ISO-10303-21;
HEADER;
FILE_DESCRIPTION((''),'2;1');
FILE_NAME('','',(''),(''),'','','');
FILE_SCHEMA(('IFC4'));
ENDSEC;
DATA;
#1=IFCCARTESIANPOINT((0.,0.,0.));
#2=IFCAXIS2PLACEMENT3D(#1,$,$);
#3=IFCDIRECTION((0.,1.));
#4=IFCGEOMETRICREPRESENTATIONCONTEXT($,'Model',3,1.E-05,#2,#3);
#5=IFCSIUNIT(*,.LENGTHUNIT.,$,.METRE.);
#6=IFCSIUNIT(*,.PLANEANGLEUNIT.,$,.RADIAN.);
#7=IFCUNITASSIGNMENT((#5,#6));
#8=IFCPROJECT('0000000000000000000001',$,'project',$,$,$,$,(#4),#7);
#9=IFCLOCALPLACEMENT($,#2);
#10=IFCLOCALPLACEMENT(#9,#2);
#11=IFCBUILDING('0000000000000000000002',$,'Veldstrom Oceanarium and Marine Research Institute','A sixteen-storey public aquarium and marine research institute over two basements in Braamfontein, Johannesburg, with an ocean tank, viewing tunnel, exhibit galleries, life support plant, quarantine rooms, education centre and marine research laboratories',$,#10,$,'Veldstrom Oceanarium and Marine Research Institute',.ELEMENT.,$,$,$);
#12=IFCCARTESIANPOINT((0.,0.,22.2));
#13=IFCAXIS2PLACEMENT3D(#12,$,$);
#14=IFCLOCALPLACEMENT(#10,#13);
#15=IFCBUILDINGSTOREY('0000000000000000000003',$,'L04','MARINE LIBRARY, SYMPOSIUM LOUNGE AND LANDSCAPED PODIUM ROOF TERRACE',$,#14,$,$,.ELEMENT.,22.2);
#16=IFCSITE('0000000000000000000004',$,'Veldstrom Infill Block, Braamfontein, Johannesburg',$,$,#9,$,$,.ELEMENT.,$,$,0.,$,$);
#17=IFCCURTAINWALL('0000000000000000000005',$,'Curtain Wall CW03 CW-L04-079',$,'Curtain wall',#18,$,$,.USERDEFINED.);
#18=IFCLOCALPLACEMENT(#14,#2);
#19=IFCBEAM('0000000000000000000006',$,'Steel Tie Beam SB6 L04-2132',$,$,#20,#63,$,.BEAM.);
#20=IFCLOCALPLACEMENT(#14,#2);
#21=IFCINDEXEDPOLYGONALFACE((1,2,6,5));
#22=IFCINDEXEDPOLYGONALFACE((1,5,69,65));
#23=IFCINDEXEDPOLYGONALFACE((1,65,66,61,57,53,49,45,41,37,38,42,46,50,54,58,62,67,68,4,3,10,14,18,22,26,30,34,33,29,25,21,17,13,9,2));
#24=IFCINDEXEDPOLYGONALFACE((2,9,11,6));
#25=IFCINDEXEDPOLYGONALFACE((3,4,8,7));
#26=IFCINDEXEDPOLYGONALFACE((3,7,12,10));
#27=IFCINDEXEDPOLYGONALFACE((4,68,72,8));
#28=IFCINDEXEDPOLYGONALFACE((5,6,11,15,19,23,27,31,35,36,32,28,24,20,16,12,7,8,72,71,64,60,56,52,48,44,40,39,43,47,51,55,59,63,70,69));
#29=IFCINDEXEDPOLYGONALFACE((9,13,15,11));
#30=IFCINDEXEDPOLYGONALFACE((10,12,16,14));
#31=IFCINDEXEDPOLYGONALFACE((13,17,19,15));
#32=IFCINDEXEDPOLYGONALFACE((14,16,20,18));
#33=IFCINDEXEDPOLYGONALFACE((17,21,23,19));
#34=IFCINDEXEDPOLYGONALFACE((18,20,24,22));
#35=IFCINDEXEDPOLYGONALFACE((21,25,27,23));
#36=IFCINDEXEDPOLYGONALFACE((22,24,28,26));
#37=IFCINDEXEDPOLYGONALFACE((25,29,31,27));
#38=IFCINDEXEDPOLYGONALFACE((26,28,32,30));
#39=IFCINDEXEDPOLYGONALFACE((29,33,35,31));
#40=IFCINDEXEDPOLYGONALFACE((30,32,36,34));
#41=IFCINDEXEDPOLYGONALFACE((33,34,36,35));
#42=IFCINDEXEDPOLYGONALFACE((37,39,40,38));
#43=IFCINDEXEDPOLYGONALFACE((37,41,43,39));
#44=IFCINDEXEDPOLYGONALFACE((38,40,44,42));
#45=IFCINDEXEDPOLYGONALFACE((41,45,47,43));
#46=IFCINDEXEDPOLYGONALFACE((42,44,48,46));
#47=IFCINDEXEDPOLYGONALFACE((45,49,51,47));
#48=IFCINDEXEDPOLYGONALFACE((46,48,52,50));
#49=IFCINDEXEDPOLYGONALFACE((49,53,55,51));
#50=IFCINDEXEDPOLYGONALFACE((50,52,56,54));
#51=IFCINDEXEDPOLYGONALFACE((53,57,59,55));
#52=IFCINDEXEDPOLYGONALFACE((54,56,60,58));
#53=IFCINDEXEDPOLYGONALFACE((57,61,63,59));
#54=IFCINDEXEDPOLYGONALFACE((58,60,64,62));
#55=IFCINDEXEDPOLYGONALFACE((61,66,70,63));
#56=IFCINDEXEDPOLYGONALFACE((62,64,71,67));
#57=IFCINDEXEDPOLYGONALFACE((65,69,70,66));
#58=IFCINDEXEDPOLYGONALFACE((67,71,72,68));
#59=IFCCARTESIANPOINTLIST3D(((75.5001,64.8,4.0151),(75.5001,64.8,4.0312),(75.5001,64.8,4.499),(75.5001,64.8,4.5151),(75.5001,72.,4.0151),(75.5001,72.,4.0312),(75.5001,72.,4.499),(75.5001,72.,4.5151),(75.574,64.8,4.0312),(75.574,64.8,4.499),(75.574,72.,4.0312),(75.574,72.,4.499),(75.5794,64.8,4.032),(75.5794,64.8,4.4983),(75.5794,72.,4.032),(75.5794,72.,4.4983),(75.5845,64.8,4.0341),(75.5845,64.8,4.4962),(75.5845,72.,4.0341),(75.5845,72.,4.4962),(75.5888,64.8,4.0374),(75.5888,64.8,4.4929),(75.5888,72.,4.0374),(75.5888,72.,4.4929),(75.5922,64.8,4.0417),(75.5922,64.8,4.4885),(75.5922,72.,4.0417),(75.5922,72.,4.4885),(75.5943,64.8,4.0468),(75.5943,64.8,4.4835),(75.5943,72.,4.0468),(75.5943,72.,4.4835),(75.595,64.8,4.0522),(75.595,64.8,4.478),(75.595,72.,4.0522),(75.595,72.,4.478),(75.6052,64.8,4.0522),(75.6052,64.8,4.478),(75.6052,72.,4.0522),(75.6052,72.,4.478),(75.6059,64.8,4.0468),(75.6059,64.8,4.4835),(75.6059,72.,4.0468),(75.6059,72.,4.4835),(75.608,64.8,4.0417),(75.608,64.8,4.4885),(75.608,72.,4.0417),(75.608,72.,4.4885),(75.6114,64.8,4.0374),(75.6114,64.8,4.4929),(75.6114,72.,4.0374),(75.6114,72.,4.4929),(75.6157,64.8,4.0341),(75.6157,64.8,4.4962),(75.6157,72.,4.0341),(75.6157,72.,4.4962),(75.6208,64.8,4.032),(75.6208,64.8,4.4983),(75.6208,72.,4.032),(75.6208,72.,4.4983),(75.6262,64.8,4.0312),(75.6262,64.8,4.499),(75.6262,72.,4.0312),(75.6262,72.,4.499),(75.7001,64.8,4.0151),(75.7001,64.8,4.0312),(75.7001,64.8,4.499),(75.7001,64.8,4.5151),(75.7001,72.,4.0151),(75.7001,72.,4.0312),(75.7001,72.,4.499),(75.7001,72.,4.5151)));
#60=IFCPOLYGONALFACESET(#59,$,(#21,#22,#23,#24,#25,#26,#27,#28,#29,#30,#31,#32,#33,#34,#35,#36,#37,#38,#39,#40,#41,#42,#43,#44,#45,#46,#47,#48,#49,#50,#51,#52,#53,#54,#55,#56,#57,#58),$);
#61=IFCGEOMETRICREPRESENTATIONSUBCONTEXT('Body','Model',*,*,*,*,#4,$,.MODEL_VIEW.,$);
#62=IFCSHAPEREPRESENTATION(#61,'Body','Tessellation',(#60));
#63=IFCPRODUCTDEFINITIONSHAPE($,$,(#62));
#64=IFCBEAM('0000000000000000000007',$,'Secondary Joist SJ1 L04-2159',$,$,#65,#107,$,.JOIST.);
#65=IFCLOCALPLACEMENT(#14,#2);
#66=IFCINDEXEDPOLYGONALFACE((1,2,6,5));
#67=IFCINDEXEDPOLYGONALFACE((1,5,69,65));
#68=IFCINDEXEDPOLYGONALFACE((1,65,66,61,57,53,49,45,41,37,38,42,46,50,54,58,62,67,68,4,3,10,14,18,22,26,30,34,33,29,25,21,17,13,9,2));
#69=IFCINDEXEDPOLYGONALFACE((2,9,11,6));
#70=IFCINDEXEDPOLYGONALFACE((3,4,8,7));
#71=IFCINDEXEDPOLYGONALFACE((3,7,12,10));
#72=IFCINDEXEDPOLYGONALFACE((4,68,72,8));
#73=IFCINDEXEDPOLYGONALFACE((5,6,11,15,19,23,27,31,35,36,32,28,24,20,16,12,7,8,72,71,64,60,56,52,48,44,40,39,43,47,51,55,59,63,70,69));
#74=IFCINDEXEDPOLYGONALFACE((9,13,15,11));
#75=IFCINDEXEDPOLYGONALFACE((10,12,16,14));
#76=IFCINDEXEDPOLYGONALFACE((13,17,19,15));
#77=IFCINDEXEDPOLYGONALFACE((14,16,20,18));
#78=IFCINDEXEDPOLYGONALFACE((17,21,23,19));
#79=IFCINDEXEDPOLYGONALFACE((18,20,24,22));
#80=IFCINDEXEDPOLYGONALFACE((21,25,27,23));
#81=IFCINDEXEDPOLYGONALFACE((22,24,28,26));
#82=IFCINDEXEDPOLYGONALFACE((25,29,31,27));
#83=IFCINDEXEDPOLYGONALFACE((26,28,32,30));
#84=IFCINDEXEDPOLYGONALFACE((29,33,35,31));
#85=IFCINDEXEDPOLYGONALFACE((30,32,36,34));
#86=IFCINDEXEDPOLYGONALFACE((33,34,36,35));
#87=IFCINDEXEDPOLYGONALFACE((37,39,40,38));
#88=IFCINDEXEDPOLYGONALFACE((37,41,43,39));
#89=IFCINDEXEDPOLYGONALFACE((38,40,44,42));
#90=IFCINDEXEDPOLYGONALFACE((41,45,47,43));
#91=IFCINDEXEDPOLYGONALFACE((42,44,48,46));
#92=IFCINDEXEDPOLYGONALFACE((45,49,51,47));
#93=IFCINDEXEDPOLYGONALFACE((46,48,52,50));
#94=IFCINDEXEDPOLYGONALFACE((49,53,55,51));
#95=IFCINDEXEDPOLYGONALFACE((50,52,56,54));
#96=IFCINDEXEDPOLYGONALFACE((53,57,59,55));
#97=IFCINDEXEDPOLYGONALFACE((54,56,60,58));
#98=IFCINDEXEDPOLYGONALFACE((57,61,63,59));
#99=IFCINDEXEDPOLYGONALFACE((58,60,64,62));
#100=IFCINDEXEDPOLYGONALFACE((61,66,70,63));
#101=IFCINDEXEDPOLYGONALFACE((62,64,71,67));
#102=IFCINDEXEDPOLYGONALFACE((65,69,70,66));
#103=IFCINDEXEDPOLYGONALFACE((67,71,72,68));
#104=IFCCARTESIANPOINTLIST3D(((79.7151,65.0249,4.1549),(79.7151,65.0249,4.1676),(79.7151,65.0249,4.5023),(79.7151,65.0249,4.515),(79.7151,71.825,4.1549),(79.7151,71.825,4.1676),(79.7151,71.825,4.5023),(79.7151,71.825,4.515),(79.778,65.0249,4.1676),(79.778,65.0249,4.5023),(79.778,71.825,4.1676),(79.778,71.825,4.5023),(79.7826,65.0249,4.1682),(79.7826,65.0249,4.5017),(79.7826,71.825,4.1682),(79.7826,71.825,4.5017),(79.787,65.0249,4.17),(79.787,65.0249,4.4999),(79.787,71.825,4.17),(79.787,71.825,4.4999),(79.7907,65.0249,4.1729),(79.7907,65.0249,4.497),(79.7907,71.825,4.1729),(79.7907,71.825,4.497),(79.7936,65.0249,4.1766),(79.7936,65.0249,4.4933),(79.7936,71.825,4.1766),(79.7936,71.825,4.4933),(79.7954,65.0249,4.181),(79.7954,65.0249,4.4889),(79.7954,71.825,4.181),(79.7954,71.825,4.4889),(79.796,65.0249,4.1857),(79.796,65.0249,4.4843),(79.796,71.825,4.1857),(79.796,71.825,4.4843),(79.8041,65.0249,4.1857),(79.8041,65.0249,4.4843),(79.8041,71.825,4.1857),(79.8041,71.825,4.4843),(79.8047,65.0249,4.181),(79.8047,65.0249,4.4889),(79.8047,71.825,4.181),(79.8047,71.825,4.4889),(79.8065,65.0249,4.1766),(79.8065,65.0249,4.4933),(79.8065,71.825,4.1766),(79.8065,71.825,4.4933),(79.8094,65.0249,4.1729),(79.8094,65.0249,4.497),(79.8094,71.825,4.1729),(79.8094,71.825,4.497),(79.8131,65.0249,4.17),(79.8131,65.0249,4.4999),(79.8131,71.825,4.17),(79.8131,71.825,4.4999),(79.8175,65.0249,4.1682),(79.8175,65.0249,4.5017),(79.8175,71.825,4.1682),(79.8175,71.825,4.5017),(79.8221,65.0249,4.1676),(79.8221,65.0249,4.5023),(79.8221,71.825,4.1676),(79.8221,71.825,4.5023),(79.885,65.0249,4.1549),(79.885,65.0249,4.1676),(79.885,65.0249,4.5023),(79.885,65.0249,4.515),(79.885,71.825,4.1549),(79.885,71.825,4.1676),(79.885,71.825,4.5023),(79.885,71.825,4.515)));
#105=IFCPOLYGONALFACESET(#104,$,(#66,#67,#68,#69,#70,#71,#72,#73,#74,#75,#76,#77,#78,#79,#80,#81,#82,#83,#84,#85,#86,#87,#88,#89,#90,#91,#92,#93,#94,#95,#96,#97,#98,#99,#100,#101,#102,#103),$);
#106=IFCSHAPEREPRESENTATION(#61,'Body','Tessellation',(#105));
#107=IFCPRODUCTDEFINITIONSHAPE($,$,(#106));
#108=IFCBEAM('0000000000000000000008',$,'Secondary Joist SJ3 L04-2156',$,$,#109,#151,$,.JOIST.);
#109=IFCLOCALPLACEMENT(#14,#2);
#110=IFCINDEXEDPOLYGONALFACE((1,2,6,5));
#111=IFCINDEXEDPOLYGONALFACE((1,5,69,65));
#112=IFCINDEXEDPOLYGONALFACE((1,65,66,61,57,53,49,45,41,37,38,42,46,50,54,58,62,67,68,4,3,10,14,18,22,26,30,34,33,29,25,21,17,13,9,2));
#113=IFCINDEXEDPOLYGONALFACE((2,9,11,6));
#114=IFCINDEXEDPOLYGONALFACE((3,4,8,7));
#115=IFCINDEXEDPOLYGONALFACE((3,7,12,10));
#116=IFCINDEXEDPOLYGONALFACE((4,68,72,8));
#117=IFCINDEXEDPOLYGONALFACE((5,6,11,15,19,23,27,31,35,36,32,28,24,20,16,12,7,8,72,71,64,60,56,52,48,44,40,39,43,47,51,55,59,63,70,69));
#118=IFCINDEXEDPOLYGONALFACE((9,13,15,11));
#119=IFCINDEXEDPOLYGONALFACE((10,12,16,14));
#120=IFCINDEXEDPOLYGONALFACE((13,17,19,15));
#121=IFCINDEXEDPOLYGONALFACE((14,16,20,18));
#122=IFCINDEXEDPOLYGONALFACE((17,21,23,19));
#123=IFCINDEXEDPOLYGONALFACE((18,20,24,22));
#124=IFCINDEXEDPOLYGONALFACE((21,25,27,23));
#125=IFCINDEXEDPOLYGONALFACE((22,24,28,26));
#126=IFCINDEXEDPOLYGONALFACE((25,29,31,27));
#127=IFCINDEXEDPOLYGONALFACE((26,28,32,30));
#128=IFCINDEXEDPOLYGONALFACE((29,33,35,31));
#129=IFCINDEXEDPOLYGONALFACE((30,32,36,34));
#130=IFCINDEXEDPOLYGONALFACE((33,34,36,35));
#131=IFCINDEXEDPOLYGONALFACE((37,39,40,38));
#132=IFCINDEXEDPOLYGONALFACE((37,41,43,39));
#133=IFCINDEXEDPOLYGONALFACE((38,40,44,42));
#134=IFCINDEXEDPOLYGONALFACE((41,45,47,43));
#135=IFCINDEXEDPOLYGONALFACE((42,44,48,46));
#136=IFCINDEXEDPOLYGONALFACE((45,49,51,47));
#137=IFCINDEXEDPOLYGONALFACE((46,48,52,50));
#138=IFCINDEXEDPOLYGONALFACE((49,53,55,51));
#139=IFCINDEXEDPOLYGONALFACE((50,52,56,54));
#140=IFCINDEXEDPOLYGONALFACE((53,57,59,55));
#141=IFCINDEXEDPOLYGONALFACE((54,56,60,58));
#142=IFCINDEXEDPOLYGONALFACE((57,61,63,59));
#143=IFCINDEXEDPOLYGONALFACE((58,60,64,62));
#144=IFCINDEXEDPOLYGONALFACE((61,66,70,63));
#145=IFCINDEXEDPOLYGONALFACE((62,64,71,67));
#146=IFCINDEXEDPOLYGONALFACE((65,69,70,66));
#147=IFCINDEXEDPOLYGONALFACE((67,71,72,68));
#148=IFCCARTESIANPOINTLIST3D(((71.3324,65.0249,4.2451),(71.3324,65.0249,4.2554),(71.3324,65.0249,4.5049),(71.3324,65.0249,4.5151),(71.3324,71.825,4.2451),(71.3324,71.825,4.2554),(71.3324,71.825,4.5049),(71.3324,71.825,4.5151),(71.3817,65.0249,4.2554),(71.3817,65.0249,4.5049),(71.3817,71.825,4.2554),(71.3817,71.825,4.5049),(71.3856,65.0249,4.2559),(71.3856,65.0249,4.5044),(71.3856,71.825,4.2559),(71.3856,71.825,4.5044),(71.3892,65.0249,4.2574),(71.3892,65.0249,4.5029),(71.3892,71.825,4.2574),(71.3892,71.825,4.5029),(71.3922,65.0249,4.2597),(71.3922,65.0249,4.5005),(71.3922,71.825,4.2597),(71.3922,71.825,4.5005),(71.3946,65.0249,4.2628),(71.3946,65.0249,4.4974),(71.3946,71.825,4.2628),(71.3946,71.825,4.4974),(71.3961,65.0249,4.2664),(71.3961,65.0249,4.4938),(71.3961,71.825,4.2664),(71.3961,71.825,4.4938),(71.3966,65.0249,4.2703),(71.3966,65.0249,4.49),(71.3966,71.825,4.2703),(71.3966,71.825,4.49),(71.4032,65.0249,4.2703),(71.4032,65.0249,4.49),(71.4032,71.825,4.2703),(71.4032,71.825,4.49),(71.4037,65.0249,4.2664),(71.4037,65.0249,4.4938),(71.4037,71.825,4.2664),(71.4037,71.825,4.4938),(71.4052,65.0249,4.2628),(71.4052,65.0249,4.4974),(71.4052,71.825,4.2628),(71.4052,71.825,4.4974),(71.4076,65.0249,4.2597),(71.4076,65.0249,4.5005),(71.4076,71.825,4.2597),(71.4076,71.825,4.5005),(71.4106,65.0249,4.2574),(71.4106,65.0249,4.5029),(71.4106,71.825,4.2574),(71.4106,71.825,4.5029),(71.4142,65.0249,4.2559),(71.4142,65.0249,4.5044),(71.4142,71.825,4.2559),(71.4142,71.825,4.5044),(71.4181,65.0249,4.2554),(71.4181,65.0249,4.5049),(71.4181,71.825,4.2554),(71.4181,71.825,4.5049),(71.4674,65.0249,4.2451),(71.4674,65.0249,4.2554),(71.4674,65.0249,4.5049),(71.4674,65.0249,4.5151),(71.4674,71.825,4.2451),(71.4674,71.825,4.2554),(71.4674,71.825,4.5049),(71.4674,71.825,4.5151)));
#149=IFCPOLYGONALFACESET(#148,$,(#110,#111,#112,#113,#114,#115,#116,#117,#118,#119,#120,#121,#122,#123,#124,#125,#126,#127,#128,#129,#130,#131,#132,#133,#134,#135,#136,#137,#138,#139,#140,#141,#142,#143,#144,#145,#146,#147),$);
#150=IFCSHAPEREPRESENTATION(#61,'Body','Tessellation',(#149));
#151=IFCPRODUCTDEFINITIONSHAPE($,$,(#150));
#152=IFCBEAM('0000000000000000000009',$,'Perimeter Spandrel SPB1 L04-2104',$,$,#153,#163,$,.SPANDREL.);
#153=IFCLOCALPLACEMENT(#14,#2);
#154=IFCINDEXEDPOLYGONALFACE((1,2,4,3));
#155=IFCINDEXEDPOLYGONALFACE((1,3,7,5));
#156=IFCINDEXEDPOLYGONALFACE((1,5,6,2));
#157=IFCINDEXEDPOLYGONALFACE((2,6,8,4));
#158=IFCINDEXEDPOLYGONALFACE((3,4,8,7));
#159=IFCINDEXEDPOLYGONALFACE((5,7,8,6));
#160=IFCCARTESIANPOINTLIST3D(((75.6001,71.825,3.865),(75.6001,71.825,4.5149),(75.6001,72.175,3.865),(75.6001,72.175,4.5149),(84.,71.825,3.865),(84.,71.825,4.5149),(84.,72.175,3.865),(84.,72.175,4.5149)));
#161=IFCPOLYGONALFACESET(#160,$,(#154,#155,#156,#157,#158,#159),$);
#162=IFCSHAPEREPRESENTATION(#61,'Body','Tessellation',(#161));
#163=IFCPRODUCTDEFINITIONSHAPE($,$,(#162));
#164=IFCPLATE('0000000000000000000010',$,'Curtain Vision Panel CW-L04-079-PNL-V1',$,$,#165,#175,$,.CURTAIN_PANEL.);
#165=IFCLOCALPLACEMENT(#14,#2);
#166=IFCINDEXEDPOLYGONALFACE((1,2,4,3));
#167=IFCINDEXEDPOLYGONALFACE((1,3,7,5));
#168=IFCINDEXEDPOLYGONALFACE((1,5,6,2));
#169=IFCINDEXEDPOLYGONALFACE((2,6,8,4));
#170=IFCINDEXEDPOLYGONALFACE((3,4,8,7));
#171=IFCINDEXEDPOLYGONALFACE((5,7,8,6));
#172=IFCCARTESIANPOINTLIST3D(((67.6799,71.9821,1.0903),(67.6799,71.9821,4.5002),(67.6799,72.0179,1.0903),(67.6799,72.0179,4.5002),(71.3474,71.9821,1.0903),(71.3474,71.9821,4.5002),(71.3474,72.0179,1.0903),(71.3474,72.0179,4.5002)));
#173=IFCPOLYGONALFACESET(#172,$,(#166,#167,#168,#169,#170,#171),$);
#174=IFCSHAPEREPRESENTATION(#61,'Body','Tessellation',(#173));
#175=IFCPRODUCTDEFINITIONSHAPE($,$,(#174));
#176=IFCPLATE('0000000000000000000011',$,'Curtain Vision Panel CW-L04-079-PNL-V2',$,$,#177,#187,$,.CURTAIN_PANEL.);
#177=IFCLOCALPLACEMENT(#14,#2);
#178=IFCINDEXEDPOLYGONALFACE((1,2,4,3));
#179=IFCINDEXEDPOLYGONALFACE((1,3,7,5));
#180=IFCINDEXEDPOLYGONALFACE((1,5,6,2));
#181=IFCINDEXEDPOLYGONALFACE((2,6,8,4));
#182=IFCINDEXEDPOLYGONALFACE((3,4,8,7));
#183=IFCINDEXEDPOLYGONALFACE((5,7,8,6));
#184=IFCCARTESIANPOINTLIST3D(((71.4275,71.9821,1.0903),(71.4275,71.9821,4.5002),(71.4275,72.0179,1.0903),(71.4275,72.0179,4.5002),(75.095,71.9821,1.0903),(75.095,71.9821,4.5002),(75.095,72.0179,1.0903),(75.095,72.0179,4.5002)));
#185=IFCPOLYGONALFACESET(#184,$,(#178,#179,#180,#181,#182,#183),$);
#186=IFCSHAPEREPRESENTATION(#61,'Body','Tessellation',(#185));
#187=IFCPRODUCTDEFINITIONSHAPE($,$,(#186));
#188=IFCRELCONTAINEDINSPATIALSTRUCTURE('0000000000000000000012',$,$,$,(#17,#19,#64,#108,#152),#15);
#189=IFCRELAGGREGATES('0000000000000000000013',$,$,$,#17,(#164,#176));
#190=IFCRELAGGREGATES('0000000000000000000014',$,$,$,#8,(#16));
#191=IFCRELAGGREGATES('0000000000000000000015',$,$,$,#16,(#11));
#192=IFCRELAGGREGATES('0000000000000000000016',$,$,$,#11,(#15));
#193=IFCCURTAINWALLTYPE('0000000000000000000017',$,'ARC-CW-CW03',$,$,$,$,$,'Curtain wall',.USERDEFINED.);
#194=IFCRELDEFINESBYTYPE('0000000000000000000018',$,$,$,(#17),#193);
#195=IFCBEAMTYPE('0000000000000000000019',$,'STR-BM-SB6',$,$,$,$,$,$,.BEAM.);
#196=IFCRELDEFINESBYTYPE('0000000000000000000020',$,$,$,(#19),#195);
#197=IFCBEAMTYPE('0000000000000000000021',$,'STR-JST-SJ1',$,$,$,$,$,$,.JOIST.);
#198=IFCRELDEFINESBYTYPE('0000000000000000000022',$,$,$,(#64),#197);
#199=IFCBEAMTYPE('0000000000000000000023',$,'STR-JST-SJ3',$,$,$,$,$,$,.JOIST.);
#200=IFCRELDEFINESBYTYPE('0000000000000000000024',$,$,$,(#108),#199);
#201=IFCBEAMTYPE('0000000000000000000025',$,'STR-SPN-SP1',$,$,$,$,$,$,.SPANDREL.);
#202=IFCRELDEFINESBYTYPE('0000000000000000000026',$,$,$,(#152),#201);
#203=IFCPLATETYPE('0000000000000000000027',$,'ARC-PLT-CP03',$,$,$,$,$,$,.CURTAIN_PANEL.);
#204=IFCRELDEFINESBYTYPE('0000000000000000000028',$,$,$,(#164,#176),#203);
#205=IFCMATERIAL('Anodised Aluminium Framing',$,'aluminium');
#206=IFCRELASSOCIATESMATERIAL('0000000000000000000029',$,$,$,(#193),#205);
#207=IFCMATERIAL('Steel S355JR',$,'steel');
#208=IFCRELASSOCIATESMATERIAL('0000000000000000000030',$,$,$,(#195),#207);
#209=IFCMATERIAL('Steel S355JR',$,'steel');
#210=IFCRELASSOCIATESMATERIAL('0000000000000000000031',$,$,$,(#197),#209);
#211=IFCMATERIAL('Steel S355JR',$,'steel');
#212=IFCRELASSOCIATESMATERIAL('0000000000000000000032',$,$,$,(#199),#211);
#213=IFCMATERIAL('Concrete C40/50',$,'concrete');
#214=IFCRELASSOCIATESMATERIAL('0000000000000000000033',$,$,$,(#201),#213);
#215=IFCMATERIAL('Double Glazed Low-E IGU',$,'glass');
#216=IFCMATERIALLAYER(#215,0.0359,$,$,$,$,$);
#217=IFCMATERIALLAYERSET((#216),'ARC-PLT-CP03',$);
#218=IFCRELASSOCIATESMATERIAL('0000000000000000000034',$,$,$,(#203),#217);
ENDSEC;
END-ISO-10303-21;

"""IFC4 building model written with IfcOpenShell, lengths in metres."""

from ifc_helpers import new_model, si_unit, direction, frame, origin, origin_2d, place, context, subcontext, project, spatial, rectangle, i_section, extrude, material, layer, layer_set, material_profile, profile_set, type_object, element, aggregate, save


model = new_model("IFC4")

# Units and contexts
model_context = context("Model", 3, precision=1e-05, world=origin(), true_north=direction((0.0, 1.0)))
body_context = subcontext(model_context, "Body", "Model", "MODEL_VIEW")
ifc_project = project(units=[si_unit("LENGTHUNIT", "METRE"), si_unit("PLANEANGLEUNIT", "RADIAN")], contexts=[model_context])

# Site, building, storey
site_placement = place(None, origin())
site = spatial("IfcSite", under=ifc_project, at=site_placement, Name="Veldstrom Infill Block, Braamfontein, Johannesburg", CompositionType="ELEMENT", RefElevation=0.0)
building_placement = place(site_placement, origin())
building = spatial("IfcBuilding", under=site, at=building_placement, Name="Veldstrom Oceanarium and Marine Research Institute", Description="A sixteen-storey public aquarium and marine research institute over two basements in Braamfontein, Johannesburg, with an ocean tank, viewing tunnel, exhibit galleries, life support plant, quarantine rooms, education centre and marine research laboratories", LongName="Veldstrom Oceanarium and Marine Research Institute", CompositionType="ELEMENT")
storey_placement = place(building_placement, frame((0.0, 0.0, 22.2)))
storey = spatial("IfcBuildingStorey", under=building, at=storey_placement, Name="L04", Description="MARINE LIBRARY, SYMPOSIUM LOUNGE AND LANDSCAPED PODIUM ROOF TERRACE", CompositionType="ELEMENT", Elevation=22.2)

# Curtain wall
ifc_material_1 = material(Name="Anodised Aluminium Framing", Category="aluminium")
curtain_wall_type = type_object("IfcCurtainWallType", Name="ARC-CW-CW03", ElementType="Curtain wall", PredefinedType="USERDEFINED", material=ifc_material_1)
curtain_wall_1_placement = place(storey_placement, origin())
curtain_wall_1 = element("IfcCurtainWall", 1, at=curtain_wall_1_placement, inside=storey, type_object=curtain_wall_type, Name="Curtain Wall CW03 CW-L04-079", ObjectType="Curtain wall", PredefinedType="USERDEFINED")

# Beams
ifc_material_2 = material(Name="Steel S355JR", Category="steel")
ifc_material_profile_1 = material_profile(ifc_material_2, i_section(OverallWidth=0.2, OverallDepth=0.5, WebThickness=0.0103, FlangeThickness=0.0161, FilletRadius=0.021, at=origin_2d()), Name="IPE 500")
ifc_profile_set_1 = profile_set([ifc_material_profile_1], Name="Steel S355JR")
beam_type_1 = type_object("IfcBeamType", Name="STR-BM-SB6", PredefinedType="BEAM", material=ifc_profile_set_1)
beam_1_placement = place(storey_placement, frame((75.6001, 64.8, 4.2651), z_axis=(0.0, 1.0, 0.0), x_axis=(-1.0, 0.0, 0.0)))
element("IfcBeam", 2, at=beam_1_placement, inside=storey, type_object=beam_type_1, Name="Steel Tie Beam SB6 L04-2132", PredefinedType="BEAM", context=body_context, shape_type="SweptSolid", body=[
    extrude(i_section(OverallWidth=0.2, OverallDepth=0.5, WebThickness=0.0103, FlangeThickness=0.0161, FilletRadius=0.021, at=origin_2d()), origin(), (0.0, 0.0, 1.0), 7.2),
])
ifc_material_3 = material(Name="Steel S355JR", Category="steel")
ifc_material_profile_2 = material_profile(ifc_material_3, i_section(OverallWidth=0.1699, OverallDepth=0.3601, WebThickness=0.0081, FlangeThickness=0.0127, FilletRadius=0.0181, at=origin_2d()), Name="IPE 360")
ifc_profile_set_2 = profile_set([ifc_material_profile_2], Name="Steel S355JR")
beam_type_2 = type_object("IfcBeamType", Name="STR-JST-SJ1", PredefinedType="JOIST", material=ifc_profile_set_2)
beam_2_placement = place(storey_placement, frame((79.8, 65.0249, 4.335), z_axis=(0.0, 1.0, 0.0), x_axis=(-1.0, 0.0, 0.0)))
element("IfcBeam", 3, at=beam_2_placement, inside=storey, type_object=beam_type_2, Name="Secondary Joist SJ1 L04-2159", PredefinedType="JOIST", context=body_context, shape_type="SweptSolid", body=[
    extrude(i_section(OverallWidth=0.1699, OverallDepth=0.3601, WebThickness=0.0081, FlangeThickness=0.0127, FilletRadius=0.0181, at=origin_2d()), origin(), (0.0, 0.0, 1.0), 6.8),
])
ifc_material_4 = material(Name="Steel S355JR", Category="steel")
ifc_material_profile_3 = material_profile(ifc_material_4, i_section(OverallWidth=0.135, OverallDepth=0.27, WebThickness=0.0066, FlangeThickness=0.0103, FilletRadius=0.0149, at=origin_2d()), Name="IPE 270")
ifc_profile_set_3 = profile_set([ifc_material_profile_3], Name="Steel S355JR")
beam_type_3 = type_object("IfcBeamType", Name="STR-JST-SJ3", PredefinedType="JOIST", material=ifc_profile_set_3)
beam_3_placement = place(storey_placement, frame((71.3999, 65.0249, 4.3801), z_axis=(0.0, 1.0, 0.0), x_axis=(-1.0, 0.0, 0.0)))
element("IfcBeam", 4, at=beam_3_placement, inside=storey, type_object=beam_type_3, Name="Secondary Joist SJ3 L04-2156", PredefinedType="JOIST", context=body_context, shape_type="SweptSolid", body=[
    extrude(i_section(OverallWidth=0.135, OverallDepth=0.27, WebThickness=0.0066, FlangeThickness=0.0103, FilletRadius=0.0149, at=origin_2d()), origin(), (0.0, 0.0, 1.0), 6.8),
])
ifc_material_5 = material(Name="Concrete C40/50", Category="concrete")
ifc_material_profile_4 = material_profile(ifc_material_5, rectangle(XDim=0.3501, YDim=0.6499, at=origin_2d()), Name="RC-SPN-350x650")
ifc_profile_set_4 = profile_set([ifc_material_profile_4], Name="Concrete C40/50")
beam_type_4 = type_object("IfcBeamType", Name="STR-SPN-SP1", PredefinedType="SPANDREL", material=ifc_profile_set_4)
beam_4_placement = place(storey_placement, frame((75.6001, 72.0, 4.1899), z_axis=(1.0, 0.0, 0.0), x_axis=(0.0, 1.0, 0.0)))
element("IfcBeam", 5, at=beam_4_placement, inside=storey, type_object=beam_type_4, Name="Perimeter Spandrel SPB1 L04-2104", PredefinedType="SPANDREL", context=body_context, shape_type="SweptSolid", body=[
    extrude(rectangle(XDim=0.3501, YDim=0.6499, at=origin_2d()), origin(), (0.0, 0.0, 1.0), 8.3999),
])

# Plates
ifc_material_6 = material(Name="Double Glazed Low-E IGU", Category="glass")
ifc_layer_1 = layer(ifc_material_6, 0.0359)
ifc_layer_set_1 = layer_set([ifc_layer_1], Name="ARC-PLT-CP03")
plate_type_1 = type_object("IfcPlateType", Name="ARC-PLT-CP03", PredefinedType="CURTAIN_PANEL", material=ifc_layer_set_1)
plate_1_placement = place(storey_placement, frame((69.5137, 72.0, 1.0903), z_axis=(0.0, 0.0, 1.0), x_axis=(1.0, 0.0, 0.0)))
plate_1 = element("IfcPlate", 6, at=plate_1_placement, type_object=plate_type_1, Name="Curtain Vision Panel CW-L04-079-PNL-V1", PredefinedType="CURTAIN_PANEL", context=body_context, shape_type="SweptSolid", body=[
    extrude(rectangle(XDim=3.6675, YDim=0.0359, at=origin_2d()), origin(), (0.0, 0.0, 1.0), 3.4099),
])
plate_2_placement = place(storey_placement, frame((73.2612, 72.0, 1.0903), z_axis=(0.0, 0.0, 1.0), x_axis=(1.0, 0.0, 0.0)))
plate_2 = element("IfcPlate", 7, at=plate_2_placement, type_object=plate_type_1, Name="Curtain Vision Panel CW-L04-079-PNL-V2", PredefinedType="CURTAIN_PANEL", context=body_context, shape_type="SweptSolid", body=[
    extrude(rectangle(XDim=3.6675, YDim=0.0359, at=origin_2d()), origin(), (0.0, 0.0, 1.0), 3.4099),
])
aggregate(curtain_wall_1, [plate_1, plate_2])

save(model, "model.ifc")
